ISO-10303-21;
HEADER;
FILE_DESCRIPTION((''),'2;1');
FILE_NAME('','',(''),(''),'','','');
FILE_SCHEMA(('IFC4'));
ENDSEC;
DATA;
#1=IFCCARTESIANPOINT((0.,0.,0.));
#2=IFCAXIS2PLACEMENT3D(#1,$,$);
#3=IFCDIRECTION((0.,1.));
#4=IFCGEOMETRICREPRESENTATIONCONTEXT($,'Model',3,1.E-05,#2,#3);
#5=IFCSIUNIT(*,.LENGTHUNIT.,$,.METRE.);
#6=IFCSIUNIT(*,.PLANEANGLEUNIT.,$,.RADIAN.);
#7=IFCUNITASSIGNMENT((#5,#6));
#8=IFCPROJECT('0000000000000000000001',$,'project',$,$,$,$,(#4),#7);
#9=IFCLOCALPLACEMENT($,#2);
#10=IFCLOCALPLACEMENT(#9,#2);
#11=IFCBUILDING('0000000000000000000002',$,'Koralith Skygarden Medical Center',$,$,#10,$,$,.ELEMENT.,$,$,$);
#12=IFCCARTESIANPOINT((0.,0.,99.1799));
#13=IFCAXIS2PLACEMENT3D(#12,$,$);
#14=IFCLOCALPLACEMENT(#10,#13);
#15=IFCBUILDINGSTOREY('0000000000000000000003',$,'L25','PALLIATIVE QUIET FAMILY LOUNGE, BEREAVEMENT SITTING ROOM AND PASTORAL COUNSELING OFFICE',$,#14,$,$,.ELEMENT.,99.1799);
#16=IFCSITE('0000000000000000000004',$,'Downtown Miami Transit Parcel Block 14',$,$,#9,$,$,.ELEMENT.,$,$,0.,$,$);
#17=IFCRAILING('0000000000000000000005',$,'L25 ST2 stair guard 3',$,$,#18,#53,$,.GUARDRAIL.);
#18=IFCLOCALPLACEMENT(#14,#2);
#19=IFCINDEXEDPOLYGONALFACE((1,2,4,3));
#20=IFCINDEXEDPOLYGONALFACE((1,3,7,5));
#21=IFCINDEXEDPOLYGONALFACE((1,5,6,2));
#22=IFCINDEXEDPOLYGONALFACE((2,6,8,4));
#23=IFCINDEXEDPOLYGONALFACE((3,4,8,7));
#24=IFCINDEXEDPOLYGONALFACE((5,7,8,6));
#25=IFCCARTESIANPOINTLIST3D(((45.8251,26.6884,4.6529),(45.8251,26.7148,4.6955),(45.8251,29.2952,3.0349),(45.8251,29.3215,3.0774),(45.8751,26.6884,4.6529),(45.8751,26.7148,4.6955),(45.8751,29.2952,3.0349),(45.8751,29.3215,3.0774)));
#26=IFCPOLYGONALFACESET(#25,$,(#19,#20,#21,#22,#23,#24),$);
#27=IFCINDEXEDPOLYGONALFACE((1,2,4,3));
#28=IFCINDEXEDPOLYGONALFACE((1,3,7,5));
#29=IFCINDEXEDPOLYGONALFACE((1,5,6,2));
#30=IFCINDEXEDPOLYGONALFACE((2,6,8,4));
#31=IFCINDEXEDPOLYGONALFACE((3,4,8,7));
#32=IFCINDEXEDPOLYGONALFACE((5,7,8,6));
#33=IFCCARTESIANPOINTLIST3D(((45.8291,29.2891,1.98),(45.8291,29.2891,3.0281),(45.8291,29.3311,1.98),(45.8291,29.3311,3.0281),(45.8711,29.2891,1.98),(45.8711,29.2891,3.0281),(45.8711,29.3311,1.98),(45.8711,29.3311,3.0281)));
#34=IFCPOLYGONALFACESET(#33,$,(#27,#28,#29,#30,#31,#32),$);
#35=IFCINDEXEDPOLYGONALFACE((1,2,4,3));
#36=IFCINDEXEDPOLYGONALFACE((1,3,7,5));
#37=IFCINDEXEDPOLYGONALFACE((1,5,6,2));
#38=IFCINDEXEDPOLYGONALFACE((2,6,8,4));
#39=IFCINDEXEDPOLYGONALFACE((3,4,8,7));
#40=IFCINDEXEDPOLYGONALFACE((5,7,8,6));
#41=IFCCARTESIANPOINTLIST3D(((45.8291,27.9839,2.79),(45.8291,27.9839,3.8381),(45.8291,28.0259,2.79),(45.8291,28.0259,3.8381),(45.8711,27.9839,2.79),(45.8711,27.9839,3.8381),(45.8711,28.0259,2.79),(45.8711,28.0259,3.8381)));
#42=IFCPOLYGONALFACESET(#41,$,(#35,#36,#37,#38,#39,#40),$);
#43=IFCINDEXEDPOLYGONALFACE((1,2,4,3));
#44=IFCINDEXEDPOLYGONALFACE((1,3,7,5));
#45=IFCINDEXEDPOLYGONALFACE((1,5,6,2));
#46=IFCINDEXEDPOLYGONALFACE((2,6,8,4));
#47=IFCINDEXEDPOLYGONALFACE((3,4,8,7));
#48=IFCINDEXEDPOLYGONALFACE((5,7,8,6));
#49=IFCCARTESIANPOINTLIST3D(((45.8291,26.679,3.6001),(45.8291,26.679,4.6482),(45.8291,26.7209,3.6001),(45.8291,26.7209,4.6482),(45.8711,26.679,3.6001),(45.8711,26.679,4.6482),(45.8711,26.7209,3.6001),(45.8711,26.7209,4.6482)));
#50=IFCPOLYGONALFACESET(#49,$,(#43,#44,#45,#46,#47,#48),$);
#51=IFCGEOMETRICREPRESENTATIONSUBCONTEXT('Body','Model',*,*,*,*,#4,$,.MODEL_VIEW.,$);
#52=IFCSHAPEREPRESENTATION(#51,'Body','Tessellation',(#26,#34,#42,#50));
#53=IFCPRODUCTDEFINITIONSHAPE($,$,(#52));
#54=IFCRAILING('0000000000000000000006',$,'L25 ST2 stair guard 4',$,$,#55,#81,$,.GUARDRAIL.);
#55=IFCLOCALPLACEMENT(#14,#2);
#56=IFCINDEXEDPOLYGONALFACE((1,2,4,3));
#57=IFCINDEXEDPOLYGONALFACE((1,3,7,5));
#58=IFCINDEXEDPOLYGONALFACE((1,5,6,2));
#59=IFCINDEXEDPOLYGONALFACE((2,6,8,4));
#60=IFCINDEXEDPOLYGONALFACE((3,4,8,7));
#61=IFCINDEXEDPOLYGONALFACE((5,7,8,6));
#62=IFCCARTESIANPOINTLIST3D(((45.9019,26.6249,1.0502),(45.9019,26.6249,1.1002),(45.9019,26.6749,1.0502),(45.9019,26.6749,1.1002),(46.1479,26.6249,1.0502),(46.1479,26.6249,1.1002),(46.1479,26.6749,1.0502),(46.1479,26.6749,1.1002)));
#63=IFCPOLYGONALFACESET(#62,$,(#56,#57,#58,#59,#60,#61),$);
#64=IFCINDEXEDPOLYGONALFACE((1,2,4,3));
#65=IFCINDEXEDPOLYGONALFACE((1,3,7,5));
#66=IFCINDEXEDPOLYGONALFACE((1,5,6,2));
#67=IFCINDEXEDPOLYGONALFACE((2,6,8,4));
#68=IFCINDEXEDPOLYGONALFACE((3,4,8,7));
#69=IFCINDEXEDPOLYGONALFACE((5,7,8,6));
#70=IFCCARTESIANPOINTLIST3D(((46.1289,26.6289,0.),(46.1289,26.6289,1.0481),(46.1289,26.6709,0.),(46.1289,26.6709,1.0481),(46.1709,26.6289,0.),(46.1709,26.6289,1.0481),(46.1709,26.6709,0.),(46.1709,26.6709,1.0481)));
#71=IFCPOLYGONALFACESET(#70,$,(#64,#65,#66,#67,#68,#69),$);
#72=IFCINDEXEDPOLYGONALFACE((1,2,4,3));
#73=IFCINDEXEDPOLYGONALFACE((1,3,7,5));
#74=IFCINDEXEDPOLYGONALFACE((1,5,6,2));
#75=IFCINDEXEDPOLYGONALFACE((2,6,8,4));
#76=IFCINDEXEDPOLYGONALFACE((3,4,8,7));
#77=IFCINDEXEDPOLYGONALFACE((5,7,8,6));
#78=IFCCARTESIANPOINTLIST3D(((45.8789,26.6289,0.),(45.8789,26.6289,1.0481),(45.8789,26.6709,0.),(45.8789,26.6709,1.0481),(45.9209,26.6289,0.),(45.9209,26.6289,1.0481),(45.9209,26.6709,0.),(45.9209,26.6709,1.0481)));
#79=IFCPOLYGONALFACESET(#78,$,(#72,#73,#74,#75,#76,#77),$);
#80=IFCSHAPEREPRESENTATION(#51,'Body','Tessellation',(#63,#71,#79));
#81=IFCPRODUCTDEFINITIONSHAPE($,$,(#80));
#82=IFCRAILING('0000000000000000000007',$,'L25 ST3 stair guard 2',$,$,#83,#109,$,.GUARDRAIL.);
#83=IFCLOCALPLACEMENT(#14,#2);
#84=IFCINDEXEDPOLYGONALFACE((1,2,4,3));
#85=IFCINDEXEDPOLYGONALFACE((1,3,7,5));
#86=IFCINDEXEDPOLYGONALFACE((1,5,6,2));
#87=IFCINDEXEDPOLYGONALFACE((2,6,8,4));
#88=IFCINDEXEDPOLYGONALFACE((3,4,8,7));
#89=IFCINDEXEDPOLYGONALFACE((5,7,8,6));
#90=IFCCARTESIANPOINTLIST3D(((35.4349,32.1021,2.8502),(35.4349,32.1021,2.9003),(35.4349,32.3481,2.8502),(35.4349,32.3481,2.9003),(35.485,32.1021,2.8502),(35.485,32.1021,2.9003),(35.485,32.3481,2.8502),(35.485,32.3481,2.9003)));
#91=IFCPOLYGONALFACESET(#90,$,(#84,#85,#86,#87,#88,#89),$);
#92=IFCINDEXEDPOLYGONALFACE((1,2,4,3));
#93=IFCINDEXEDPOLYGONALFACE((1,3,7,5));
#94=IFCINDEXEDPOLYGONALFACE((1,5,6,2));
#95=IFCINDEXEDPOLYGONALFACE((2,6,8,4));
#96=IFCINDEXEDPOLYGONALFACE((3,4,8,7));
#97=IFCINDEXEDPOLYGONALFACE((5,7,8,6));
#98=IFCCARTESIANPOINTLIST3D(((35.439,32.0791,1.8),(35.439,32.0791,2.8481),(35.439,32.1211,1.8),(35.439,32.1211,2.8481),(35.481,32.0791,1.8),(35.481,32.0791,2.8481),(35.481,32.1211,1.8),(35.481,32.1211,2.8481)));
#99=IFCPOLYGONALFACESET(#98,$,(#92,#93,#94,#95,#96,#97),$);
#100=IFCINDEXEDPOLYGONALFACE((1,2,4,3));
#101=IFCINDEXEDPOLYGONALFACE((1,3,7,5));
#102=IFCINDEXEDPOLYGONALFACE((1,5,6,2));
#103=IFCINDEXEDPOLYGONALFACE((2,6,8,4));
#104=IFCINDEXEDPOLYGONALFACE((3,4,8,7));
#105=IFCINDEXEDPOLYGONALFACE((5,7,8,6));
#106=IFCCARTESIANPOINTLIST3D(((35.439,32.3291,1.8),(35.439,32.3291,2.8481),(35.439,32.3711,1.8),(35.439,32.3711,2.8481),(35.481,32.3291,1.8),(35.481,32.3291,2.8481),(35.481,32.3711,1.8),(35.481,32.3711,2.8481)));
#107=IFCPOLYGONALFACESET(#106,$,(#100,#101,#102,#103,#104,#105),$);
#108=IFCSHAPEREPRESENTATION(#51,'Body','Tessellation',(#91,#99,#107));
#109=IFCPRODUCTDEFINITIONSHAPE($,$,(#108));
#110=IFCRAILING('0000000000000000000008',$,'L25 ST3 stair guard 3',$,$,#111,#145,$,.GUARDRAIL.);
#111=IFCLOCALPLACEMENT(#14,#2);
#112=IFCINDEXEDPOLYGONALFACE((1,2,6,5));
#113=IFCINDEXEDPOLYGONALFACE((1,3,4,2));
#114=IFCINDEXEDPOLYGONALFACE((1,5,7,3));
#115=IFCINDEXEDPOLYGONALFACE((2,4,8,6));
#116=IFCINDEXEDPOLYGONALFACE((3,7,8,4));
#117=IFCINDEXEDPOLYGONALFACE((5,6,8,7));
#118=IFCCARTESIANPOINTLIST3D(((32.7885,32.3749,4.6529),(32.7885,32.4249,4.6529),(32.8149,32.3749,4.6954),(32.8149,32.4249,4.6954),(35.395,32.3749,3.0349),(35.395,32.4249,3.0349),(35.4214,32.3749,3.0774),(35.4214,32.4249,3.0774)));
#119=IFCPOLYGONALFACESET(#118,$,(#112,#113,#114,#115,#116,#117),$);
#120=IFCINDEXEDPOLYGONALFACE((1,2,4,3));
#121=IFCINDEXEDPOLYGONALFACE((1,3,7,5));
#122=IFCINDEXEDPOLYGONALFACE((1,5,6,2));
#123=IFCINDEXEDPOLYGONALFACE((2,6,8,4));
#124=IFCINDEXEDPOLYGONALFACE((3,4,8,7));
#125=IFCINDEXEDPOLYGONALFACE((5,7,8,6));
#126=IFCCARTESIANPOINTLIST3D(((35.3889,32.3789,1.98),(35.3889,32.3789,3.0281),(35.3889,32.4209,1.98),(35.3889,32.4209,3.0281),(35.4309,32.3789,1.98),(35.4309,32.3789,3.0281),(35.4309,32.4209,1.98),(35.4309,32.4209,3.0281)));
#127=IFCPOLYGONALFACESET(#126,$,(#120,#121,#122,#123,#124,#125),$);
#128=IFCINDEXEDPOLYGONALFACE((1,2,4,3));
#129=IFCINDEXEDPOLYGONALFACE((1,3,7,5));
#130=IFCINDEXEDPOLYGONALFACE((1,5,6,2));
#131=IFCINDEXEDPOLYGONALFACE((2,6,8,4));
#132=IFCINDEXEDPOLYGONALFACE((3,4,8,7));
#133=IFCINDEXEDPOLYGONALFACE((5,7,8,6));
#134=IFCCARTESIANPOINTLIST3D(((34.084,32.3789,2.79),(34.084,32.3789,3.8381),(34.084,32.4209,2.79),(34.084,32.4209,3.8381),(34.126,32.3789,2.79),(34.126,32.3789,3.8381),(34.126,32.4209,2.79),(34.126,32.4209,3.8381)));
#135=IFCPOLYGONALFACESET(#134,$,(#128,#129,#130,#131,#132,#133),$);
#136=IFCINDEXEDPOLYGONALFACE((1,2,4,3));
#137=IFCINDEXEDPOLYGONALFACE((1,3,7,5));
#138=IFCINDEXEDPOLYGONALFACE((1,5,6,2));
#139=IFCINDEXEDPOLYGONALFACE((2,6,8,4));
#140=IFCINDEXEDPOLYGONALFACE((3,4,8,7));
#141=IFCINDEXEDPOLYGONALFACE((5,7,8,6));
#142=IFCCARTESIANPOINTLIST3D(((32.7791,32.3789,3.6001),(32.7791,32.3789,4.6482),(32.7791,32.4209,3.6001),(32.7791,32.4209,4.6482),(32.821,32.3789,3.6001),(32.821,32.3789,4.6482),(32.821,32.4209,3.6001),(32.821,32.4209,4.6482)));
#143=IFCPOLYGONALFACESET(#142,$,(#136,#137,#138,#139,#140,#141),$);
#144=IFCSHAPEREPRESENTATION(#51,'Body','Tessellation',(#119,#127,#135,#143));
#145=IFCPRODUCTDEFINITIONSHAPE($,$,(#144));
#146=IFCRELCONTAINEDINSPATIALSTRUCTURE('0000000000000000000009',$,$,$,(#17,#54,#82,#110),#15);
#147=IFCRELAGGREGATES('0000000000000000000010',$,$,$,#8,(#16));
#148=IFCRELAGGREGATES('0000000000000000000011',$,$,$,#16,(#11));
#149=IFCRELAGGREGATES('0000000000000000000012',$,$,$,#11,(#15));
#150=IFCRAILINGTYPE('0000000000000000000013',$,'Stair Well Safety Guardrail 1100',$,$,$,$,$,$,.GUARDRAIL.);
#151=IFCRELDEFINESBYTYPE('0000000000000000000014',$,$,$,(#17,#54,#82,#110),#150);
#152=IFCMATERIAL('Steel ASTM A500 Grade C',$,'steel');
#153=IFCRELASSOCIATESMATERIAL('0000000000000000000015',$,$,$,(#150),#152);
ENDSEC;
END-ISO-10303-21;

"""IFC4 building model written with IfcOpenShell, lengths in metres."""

from ifc_helpers import new_model, si_unit, direction, frame, origin, origin_2d, place, context, subcontext, project, spatial, rectangle, extrude, material, type_object, element, save


model = new_model("IFC4")

# Units and contexts
model_context = context("Model", 3, precision=1e-05, world=origin(), true_north=direction((0.0, 1.0)))
body_context = subcontext(model_context, "Body", "Model", "MODEL_VIEW")
ifc_project = project(units=[si_unit("LENGTHUNIT", "METRE"), si_unit("PLANEANGLEUNIT", "RADIAN")], contexts=[model_context])

# Site, building, storey
site_placement = place(None, origin())
site = spatial("IfcSite", under=ifc_project, at=site_placement, Name="Downtown Miami Transit Parcel Block 14", CompositionType="ELEMENT", RefElevation=0.0)
building_placement = place(site_placement, origin())
building = spatial("IfcBuilding", under=site, at=building_placement, Name="Koralith Skygarden Medical Center", CompositionType="ELEMENT")
storey_placement = place(building_placement, frame((0.0, 0.0, 99.1799)))
storey = spatial("IfcBuildingStorey", under=building, at=storey_placement, Name="L25", Description="PALLIATIVE QUIET FAMILY LOUNGE, BEREAVEMENT SITTING ROOM AND PASTORAL COUNSELING OFFICE", CompositionType="ELEMENT", Elevation=99.1799)

# Railings
ifc_material_1 = material(Name="Steel ASTM A500 Grade C", Category="steel")
railing_type_1 = type_object("IfcRailingType", Name="Stair Well Safety Guardrail 1100", PredefinedType="GUARDRAIL", material=ifc_material_1)
railing_1_placement = place(storey_placement, frame((45.8501, 29.3101, 1.98)))
element("IfcRailing", 1, at=railing_1_placement, inside=storey, type_object=railing_type_1, Name="L25 ST2 stair guard 3", PredefinedType="GUARDRAIL", context=body_context, shape_type="SweptSolid", body=[
    extrude(rectangle(XDim=0.05, YDim=0.05, at=origin_2d()), frame((0.0, -0.0017, 1.0762), z_axis=(0.0, -0.849633, 0.527375), x_axis=(1.0, 0.0, 0.0)), (0.0, 0.0, 1.0), 3.0681),
    extrude(rectangle(XDim=0.042, YDim=0.042, at=origin_2d()), origin(), (0.0, 0.0, 1.0), 1.0481),
    extrude(rectangle(XDim=0.042, YDim=0.042, at=origin_2d()), frame((0.0, -1.3052, 0.8101)), (0.0, 0.0, 1.0), 1.0481),
    extrude(rectangle(XDim=0.042, YDim=0.042, at=origin_2d()), frame((0.0, -2.6101, 1.6201)), (0.0, 0.0, 1.0), 1.0481),
])
railing_2_placement = place(storey_placement, frame((46.1499, 26.6499, 0.0)))
element("IfcRailing", 2, at=railing_2_placement, inside=storey, type_object=railing_type_1, Name="L25 ST2 stair guard 4", PredefinedType="GUARDRAIL", context=body_context, shape_type="SweptSolid", body=[
    extrude(rectangle(XDim=0.05, YDim=0.05, at=origin_2d()), frame((-0.002, 0.0, 1.0752), z_axis=(-1.0, 0.0, 0.0), x_axis=(0.0, -1.0, 0.0)), (0.0, 0.0, 1.0), 0.2461),
    extrude(rectangle(XDim=0.042, YDim=0.042, at=origin_2d()), origin(), (0.0, 0.0, 1.0), 1.0481),
    extrude(rectangle(XDim=0.042, YDim=0.042, at=origin_2d()), frame((-0.25, 0.0, 0.0)), (0.0, 0.0, 1.0), 1.0481),
])
railing_3_placement = place(storey_placement, frame((35.46, 32.1001, 1.8)))
element("IfcRailing", 3, at=railing_3_placement, inside=storey, type_object=railing_type_1, Name="L25 ST3 stair guard 2", PredefinedType="GUARDRAIL", context=body_context, shape_type="SweptSolid", body=[
    extrude(rectangle(XDim=0.05, YDim=0.05, at=origin_2d()), frame((0.0, 0.002, 1.0752), z_axis=(0.0, 1.0, 0.0), x_axis=(-1.0, 0.0, 0.0)), (0.0, 0.0, 1.0), 0.2461),
    extrude(rectangle(XDim=0.042, YDim=0.042, at=origin_2d()), origin(), (0.0, 0.0, 1.0), 1.0481),
    extrude(rectangle(XDim=0.042, YDim=0.042, at=origin_2d()), frame((0.0, 0.25, 0.0)), (0.0, 0.0, 1.0), 1.0481),
])
railing_4_placement = place(storey_placement, frame((35.4099, 32.3999, 1.98)))
element("IfcRailing", 4, at=railing_4_placement, inside=storey, type_object=railing_type_1, Name="L25 ST3 stair guard 3", PredefinedType="GUARDRAIL", context=body_context, shape_type="SweptSolid", body=[
    extrude(rectangle(XDim=0.05, YDim=0.05, at=origin_2d()), frame((-0.0017, 0.0, 1.0762), z_axis=(-0.849611, 0.0, 0.52741), x_axis=(0.0, -1.0, 0.0)), (0.0, 0.0, 1.0), 3.0679),
    extrude(rectangle(XDim=0.042, YDim=0.042, at=origin_2d()), origin(), (0.0, 0.0, 1.0), 1.0481),
    extrude(rectangle(XDim=0.042, YDim=0.042, at=origin_2d()), frame((-1.3049, 0.0, 0.8101)), (0.0, 0.0, 1.0), 1.0481),
    extrude(rectangle(XDim=0.042, YDim=0.042, at=origin_2d()), frame((-2.6099, 0.0, 1.6201)), (0.0, 0.0, 1.0), 1.0481),
])

save(model, "model.ifc")
